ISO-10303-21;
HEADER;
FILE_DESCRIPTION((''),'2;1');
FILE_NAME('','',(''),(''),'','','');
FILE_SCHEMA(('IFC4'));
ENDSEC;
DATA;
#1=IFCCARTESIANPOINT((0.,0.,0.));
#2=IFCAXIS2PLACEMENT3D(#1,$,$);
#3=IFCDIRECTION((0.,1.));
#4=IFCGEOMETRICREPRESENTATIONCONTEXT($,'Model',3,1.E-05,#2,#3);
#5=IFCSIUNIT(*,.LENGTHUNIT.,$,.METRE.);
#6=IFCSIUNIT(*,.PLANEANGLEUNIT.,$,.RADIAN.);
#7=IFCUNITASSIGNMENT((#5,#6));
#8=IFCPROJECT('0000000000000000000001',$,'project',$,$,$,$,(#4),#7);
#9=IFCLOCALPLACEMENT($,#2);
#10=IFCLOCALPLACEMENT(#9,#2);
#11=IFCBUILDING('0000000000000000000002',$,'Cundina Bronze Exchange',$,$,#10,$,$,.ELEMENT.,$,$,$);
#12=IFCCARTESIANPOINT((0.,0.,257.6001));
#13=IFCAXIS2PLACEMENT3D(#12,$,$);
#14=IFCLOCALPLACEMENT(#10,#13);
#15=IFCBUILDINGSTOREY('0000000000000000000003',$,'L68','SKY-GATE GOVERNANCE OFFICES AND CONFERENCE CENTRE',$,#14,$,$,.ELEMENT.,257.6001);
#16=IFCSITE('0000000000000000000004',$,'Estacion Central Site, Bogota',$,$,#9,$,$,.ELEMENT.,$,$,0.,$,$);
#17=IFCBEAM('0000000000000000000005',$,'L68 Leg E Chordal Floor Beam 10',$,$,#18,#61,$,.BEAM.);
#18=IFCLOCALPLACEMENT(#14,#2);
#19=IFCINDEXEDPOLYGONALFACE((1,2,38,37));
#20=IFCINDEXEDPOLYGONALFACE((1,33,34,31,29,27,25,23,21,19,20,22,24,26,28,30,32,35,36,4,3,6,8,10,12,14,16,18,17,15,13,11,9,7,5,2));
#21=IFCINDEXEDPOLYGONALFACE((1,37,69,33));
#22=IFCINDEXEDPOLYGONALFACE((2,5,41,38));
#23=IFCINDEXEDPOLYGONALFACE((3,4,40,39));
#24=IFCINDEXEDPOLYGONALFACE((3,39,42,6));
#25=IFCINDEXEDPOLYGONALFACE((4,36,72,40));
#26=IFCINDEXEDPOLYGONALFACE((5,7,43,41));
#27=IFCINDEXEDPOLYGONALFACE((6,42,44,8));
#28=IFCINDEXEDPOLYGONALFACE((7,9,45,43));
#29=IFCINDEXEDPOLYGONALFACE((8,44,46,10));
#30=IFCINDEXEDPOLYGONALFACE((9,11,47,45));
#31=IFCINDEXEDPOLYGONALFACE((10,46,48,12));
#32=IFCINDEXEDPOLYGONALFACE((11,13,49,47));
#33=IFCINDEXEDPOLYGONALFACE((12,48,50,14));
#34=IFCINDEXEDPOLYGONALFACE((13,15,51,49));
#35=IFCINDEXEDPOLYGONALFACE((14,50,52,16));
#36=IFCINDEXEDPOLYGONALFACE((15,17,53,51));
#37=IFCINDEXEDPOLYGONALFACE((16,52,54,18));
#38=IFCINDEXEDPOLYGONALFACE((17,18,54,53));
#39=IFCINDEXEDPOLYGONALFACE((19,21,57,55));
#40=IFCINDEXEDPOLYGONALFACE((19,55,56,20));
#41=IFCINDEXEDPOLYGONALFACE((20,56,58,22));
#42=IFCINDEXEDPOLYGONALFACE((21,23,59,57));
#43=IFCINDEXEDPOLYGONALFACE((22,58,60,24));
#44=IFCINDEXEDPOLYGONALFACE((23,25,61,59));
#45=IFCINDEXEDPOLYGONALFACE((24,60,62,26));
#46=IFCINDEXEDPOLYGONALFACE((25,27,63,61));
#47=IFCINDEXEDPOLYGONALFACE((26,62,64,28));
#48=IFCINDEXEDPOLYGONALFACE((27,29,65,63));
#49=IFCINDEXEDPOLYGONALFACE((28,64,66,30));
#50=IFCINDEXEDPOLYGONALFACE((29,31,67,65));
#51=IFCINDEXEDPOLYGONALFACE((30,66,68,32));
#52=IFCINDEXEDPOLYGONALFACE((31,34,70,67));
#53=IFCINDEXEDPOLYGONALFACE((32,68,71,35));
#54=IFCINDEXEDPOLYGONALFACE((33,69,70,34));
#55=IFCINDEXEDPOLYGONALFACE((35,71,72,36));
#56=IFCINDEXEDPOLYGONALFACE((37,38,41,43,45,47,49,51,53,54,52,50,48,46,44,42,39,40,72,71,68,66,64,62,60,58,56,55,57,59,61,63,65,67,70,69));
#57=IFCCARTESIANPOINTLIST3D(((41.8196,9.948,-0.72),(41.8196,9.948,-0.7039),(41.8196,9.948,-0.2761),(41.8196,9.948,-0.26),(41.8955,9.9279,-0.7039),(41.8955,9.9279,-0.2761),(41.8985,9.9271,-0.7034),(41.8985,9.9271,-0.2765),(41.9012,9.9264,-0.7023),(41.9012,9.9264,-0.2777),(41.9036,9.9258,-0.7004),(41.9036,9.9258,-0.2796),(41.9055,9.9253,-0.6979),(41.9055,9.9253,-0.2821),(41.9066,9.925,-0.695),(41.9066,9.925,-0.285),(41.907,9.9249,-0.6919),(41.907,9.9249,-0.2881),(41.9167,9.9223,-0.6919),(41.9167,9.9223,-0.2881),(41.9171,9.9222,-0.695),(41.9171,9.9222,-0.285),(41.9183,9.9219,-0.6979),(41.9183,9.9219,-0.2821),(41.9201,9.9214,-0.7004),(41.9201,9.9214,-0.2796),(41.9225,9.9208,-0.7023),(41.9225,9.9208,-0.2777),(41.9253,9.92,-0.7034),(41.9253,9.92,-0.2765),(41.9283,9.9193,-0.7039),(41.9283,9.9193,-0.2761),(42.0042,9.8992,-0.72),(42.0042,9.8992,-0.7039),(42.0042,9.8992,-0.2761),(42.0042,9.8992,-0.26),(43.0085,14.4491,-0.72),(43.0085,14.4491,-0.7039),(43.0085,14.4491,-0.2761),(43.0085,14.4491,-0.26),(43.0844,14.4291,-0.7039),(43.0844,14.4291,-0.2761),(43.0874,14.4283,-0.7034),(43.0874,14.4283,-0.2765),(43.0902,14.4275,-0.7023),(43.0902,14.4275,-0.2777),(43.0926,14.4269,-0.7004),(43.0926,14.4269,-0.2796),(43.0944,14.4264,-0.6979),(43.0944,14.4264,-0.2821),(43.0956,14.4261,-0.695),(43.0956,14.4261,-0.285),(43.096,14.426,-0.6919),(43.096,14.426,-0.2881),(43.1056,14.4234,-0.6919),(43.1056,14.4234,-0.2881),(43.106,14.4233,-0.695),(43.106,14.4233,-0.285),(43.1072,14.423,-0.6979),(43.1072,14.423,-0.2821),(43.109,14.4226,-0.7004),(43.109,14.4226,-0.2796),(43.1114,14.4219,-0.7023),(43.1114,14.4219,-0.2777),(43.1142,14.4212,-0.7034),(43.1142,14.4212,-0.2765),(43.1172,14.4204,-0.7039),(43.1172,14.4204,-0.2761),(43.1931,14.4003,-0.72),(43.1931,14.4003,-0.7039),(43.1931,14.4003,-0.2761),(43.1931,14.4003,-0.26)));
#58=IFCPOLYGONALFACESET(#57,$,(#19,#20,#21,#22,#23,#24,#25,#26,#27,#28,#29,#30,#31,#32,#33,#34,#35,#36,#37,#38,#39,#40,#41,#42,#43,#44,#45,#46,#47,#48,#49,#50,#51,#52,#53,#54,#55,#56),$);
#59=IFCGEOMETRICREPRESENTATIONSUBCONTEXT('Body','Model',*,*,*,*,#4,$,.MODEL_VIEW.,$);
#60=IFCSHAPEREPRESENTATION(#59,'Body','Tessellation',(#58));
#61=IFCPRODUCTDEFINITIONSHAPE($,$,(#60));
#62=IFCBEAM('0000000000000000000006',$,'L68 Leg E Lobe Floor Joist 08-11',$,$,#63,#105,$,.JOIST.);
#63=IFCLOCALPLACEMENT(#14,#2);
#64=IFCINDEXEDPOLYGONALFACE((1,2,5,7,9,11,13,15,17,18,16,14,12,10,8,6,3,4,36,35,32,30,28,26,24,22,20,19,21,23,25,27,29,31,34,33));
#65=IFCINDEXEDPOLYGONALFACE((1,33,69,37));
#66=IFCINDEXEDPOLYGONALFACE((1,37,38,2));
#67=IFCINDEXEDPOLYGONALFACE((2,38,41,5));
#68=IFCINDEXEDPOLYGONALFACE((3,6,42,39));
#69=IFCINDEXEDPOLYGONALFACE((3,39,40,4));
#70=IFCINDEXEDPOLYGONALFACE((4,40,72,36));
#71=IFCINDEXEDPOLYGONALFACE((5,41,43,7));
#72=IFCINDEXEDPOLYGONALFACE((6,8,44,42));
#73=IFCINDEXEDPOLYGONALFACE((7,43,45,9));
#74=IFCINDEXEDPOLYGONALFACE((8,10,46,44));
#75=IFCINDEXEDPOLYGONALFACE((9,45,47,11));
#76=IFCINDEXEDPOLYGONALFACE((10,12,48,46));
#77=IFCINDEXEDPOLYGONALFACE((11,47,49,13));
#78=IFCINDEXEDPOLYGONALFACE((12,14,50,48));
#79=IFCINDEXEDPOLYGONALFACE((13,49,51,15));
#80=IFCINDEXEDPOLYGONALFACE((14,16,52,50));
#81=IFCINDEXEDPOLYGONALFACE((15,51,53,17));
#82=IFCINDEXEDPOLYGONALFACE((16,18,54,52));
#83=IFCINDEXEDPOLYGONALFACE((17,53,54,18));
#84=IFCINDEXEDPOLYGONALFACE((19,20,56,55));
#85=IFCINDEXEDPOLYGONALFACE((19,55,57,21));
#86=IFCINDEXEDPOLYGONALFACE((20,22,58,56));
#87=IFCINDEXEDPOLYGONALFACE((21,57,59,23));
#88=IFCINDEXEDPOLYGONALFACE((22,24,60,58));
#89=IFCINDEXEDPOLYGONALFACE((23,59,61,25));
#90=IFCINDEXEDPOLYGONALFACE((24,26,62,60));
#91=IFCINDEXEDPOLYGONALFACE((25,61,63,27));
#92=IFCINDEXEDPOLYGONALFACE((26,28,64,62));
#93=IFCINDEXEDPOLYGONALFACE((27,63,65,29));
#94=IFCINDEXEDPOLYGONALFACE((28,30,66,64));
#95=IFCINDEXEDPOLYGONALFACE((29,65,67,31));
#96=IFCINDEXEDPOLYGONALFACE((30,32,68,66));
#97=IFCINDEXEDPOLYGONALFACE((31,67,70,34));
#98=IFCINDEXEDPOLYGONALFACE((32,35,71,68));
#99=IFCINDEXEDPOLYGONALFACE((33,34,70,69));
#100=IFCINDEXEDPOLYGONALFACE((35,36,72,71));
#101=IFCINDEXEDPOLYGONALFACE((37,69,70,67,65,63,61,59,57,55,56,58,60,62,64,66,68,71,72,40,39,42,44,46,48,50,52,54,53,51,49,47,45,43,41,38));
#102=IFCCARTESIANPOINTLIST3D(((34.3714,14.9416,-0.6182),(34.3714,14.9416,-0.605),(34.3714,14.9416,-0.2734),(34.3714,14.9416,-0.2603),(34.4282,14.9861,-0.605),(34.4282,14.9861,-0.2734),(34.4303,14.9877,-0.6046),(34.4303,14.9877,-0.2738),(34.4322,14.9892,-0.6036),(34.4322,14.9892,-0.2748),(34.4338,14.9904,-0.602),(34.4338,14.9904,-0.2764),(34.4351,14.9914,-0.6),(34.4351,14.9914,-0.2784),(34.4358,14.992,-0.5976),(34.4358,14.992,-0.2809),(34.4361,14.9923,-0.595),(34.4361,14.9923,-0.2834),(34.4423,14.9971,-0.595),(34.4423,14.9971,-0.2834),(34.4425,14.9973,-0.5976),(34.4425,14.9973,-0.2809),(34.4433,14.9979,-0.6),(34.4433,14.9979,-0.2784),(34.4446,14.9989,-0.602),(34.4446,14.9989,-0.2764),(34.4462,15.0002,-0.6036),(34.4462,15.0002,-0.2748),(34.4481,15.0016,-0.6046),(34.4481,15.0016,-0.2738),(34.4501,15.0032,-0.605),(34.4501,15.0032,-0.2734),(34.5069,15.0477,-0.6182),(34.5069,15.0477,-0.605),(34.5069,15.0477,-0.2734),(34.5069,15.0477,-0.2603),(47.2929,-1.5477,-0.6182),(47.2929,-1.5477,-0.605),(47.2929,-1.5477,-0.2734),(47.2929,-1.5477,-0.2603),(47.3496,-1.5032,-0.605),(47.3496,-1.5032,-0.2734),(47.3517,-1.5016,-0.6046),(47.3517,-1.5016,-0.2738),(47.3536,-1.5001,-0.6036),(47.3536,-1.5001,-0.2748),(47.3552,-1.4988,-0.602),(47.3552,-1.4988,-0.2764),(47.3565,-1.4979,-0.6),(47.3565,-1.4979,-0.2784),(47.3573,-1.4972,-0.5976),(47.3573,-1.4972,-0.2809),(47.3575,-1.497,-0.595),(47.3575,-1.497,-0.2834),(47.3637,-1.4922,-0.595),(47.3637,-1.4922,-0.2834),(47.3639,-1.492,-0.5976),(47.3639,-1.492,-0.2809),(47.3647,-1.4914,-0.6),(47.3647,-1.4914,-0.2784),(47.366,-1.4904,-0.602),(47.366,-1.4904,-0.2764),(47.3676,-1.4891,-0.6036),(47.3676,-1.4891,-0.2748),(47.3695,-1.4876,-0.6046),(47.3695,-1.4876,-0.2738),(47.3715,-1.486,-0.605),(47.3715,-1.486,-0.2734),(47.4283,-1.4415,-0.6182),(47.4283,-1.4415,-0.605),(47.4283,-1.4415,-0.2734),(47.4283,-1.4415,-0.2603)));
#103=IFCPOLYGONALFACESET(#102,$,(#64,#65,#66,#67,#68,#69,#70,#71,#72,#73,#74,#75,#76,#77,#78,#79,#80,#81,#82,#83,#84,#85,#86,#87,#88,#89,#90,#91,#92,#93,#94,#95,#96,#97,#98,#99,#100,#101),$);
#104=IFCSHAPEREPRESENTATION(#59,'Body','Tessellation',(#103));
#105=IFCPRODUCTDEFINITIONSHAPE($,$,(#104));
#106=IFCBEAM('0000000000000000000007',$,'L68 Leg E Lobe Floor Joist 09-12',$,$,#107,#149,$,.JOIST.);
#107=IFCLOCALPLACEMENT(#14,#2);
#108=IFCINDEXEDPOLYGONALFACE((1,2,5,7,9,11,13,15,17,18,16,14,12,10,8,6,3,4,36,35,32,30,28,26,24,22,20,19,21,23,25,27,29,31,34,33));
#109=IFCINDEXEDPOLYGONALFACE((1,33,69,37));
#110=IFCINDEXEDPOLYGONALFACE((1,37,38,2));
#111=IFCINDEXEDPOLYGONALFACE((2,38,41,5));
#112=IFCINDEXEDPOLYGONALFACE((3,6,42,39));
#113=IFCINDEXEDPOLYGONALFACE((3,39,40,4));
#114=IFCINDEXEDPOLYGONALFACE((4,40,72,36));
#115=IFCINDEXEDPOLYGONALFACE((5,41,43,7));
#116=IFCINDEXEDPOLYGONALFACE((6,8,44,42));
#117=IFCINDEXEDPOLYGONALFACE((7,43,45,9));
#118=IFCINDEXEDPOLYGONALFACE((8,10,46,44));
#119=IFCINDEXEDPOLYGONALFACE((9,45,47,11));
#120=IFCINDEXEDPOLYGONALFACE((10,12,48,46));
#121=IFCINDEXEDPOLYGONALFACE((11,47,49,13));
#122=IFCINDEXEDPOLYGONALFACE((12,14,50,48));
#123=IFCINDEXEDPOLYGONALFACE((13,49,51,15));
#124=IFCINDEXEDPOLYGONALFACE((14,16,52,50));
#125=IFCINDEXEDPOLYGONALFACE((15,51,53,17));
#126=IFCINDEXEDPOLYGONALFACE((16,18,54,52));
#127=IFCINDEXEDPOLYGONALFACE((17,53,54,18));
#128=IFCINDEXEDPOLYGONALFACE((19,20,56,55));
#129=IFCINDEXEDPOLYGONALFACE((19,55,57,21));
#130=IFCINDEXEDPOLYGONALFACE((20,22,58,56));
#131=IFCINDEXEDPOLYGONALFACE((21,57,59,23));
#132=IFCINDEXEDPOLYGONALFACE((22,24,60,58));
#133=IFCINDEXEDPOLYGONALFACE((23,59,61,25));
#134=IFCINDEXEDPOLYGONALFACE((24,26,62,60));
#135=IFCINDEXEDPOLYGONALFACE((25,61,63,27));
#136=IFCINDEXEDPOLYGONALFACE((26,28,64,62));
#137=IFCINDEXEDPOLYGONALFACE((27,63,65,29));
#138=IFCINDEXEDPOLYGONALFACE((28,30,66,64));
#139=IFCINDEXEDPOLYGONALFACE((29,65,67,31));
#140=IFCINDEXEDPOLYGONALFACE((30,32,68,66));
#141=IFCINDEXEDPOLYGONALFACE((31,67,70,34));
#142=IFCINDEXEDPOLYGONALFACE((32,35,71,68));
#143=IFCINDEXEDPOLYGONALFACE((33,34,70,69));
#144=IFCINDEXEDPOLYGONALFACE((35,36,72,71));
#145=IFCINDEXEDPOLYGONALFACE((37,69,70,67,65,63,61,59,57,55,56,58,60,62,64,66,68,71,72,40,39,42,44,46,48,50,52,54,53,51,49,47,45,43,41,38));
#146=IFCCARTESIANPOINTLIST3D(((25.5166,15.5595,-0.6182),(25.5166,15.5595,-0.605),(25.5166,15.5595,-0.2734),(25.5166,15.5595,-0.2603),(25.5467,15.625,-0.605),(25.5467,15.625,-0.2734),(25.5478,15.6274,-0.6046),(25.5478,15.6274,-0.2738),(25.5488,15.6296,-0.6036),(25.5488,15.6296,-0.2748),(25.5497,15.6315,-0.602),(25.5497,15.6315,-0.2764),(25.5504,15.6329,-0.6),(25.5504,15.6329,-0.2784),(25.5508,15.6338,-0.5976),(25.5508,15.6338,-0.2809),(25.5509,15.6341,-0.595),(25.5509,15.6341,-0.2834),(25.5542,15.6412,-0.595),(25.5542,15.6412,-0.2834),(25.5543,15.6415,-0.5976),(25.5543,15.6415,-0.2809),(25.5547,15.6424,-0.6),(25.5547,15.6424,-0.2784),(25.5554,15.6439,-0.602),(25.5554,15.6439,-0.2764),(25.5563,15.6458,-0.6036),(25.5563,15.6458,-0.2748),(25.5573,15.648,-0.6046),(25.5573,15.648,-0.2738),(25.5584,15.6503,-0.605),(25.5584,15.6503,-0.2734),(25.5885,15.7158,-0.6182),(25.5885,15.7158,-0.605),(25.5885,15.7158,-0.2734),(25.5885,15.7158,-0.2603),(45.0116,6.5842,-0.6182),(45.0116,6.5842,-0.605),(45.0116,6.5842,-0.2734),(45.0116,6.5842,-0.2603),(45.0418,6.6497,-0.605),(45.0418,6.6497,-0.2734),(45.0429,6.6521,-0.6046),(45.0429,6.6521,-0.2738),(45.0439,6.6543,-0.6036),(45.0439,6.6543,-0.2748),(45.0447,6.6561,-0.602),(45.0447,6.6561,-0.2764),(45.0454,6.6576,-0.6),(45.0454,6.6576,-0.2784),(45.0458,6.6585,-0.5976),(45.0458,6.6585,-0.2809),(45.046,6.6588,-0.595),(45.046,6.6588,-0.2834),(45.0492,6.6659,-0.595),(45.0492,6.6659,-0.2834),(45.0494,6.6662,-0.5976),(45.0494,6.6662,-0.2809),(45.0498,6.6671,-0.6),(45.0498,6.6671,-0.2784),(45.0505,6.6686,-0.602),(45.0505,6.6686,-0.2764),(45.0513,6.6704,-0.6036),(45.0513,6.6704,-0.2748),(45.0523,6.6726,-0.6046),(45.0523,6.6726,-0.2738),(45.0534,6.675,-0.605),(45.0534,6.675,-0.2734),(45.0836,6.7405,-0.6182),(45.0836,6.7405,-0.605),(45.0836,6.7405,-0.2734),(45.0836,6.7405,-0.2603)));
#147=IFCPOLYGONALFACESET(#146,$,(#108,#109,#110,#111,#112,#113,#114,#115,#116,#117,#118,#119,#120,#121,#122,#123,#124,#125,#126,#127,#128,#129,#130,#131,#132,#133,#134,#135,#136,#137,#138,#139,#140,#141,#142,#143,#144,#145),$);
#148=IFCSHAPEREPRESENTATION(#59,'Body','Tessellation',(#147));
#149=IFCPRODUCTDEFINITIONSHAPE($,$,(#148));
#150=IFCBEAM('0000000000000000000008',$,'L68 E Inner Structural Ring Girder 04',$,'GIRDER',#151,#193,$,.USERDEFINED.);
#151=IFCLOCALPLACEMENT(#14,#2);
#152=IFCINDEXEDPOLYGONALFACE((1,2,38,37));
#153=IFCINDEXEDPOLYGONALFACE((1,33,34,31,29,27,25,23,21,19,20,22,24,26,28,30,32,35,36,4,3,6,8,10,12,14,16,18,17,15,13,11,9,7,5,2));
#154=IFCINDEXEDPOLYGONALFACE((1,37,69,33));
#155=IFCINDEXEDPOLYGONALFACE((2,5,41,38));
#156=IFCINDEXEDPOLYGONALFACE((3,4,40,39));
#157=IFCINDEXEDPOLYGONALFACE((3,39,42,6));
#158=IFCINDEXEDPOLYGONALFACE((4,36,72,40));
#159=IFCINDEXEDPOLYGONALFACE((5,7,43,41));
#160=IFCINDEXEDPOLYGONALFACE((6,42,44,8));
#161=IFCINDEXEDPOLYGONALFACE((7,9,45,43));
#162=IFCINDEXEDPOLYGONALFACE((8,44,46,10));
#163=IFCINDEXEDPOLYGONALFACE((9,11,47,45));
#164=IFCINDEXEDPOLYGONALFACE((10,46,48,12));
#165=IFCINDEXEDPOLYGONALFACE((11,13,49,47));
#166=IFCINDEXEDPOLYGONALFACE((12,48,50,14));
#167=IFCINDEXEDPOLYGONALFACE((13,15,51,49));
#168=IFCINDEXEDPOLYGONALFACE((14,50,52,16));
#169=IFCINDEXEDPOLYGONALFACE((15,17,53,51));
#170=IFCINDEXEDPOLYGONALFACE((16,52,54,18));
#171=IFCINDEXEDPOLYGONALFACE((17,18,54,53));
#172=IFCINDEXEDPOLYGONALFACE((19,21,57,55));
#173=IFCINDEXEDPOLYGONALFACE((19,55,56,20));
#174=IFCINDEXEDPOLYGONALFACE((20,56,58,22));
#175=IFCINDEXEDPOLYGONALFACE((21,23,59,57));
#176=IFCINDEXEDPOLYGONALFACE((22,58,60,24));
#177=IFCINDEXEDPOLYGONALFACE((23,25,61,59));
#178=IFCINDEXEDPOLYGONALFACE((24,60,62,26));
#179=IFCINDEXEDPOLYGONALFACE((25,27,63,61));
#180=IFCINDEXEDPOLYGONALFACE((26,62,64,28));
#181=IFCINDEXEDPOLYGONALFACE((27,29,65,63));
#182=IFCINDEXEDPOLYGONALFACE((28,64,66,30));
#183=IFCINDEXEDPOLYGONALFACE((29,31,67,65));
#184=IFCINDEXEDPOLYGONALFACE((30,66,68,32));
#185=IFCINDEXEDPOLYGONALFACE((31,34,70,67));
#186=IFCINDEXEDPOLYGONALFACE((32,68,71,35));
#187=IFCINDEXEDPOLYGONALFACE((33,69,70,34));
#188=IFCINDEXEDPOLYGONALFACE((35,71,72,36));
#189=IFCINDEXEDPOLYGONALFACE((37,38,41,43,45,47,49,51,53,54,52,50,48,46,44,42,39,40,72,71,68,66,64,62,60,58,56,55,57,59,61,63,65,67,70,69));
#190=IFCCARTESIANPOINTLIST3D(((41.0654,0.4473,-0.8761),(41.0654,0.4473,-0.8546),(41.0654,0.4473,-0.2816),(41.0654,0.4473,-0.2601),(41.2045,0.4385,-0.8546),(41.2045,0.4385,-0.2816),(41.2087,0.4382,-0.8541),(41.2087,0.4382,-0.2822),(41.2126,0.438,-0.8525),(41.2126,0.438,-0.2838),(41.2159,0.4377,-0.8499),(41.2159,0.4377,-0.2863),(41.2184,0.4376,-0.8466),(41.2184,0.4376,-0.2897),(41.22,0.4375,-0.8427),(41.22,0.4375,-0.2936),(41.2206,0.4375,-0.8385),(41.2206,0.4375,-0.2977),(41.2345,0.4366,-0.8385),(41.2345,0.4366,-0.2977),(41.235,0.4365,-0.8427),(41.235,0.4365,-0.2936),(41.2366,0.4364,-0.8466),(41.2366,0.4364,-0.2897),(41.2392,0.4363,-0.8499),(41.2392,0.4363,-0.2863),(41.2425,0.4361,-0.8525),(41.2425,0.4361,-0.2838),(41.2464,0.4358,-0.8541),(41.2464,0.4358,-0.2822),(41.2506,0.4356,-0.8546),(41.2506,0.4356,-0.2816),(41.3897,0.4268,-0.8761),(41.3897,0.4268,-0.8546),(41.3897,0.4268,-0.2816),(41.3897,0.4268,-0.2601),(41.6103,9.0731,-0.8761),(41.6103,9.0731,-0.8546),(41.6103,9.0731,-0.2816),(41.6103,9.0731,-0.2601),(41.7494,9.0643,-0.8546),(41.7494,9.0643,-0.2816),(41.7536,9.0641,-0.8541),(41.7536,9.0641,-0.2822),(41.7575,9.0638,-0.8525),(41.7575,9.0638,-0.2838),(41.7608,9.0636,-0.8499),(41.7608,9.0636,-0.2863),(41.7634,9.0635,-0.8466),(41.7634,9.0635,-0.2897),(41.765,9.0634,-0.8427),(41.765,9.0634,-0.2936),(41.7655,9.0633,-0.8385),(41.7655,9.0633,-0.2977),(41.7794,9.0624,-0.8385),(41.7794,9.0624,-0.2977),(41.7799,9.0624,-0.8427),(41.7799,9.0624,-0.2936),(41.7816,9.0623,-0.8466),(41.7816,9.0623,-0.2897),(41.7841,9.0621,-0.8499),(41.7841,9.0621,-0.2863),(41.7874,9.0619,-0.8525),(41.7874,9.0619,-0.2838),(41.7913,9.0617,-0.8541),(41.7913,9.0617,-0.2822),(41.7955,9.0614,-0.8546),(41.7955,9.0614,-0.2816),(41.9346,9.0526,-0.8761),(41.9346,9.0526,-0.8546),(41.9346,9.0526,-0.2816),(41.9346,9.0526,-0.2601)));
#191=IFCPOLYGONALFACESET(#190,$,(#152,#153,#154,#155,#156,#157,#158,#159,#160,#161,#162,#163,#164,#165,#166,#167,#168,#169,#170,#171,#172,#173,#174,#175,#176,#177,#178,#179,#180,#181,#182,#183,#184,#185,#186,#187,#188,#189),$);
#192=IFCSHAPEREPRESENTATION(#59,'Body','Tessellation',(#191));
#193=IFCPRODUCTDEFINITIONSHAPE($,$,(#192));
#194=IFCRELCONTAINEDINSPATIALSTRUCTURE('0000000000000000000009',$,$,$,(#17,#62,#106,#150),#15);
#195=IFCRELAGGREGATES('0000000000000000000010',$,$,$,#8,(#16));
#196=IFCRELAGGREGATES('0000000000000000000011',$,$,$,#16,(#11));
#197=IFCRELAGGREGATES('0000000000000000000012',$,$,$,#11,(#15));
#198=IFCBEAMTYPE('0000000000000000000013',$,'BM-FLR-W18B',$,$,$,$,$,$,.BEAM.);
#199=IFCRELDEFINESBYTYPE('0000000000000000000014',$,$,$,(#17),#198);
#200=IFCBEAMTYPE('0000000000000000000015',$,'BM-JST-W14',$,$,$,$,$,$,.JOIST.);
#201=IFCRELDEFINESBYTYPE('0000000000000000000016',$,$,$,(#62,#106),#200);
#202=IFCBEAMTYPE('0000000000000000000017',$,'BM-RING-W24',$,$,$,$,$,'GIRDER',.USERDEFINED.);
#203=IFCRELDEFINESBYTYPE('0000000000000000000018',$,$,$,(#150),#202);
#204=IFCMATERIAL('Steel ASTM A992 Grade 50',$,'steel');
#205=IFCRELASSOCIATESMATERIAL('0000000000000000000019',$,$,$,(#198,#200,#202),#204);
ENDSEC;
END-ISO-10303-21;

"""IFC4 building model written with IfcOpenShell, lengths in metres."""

from ifc_helpers import new_model, si_unit, direction, frame, origin, origin_2d, place, context, subcontext, project, spatial, i_section, extrude, material, material_profile, profile_set, type_object, element, save


model = new_model("IFC4")

# Units and contexts
model_context = context("Model", 3, precision=1e-05, world=origin(), true_north=direction((0.0, 1.0)))
body_context = subcontext(model_context, "Body", "Model", "MODEL_VIEW")
ifc_project = project(units=[si_unit("LENGTHUNIT", "METRE"), si_unit("PLANEANGLEUNIT", "RADIAN")], contexts=[model_context])

# Site, building, storey
site_placement = place(None, origin())
site = spatial("IfcSite", under=ifc_project, at=site_placement, Name="Estacion Central Site, Bogota", CompositionType="ELEMENT", RefElevation=0.0)
building_placement = place(site_placement, origin())
building = spatial("IfcBuilding", under=site, at=building_placement, Name="Cundina Bronze Exchange", CompositionType="ELEMENT")
storey_placement = place(building_placement, frame((0.0, 0.0, 257.6001)))
storey = spatial("IfcBuildingStorey", under=building, at=storey_placement, Name="L68", Description="SKY-GATE GOVERNANCE OFFICES AND CONFERENCE CENTRE", CompositionType="ELEMENT", Elevation=257.6001)

# Shared definitions
ifc_material_1 = material(Name="Steel ASTM A992 Grade 50", Category="steel")

# Beams
ifc_material_profile_1 = material_profile(ifc_material_1, i_section(OverallWidth=0.1909, OverallDepth=0.46, WebThickness=0.01, FlangeThickness=0.0161, FilletRadius=0.012, at=origin_2d()), Name="W18X55", Category="steel")
ifc_profile_set_1 = profile_set([ifc_material_profile_1], Name="Steel ASTM A992 Grade 50")
beam_type_1 = type_object("IfcBeamType", Name="BM-FLR-W18B", PredefinedType="BEAM", material=ifc_profile_set_1)
beam_1_placement = place(storey_placement, frame((41.9119, 9.9236, -0.49), z_axis=(0.255384, 0.96684, 0.0), x_axis=(-0.96684, 0.255384, 0.0)))
element("IfcBeam", 1, at=beam_1_placement, inside=storey, type_object=beam_type_1, Name="L68 Leg E Chordal Floor Beam 10", PredefinedType="BEAM", context=body_context, shape_type="SweptSolid", body=[
    extrude(i_section(OverallWidth=0.1909, OverallDepth=0.46, WebThickness=0.01, FlangeThickness=0.0161, FilletRadius=0.012, at=origin_2d()), origin(), (0.0, 0.0, 1.0), 4.6555),
])
ifc_material_profile_2 = material_profile(ifc_material_1, i_section(OverallWidth=0.1721, OverallDepth=0.3579, WebThickness=0.0078, FlangeThickness=0.0132, FilletRadius=0.01, at=origin_2d()), Name="W14X38", Category="steel")
ifc_profile_set_2 = profile_set([ifc_material_profile_2], Name="Steel ASTM A992 Grade 50")
beam_type_2 = type_object("IfcBeamType", Name="BM-JST-W14", PredefinedType="JOIST", material=ifc_profile_set_2)
beam_2_placement = place(storey_placement, frame((47.3606, -1.4946, -0.4392), z_axis=(-0.616804, 0.787117, 0.0), x_axis=(-0.787117, -0.616804, 0.0)))
element("IfcBeam", 2, at=beam_2_placement, inside=storey, type_object=beam_type_2, Name="L68 Leg E Lobe Floor Joist 08-11", PredefinedType="JOIST", context=body_context, shape_type="SweptSolid", body=[
    extrude(i_section(OverallWidth=0.1721, OverallDepth=0.3579, WebThickness=0.0078, FlangeThickness=0.0132, FilletRadius=0.01, at=origin_2d()), origin(), (0.0, 0.0, 1.0), 20.949),
])
beam_3_placement = place(storey_placement, frame((45.0476, 6.6624, -0.4392), z_axis=(-0.908356, 0.418197, 0.0), x_axis=(-0.418197, -0.908356, 0.0)))
element("IfcBeam", 3, at=beam_3_placement, inside=storey, type_object=beam_type_2, Name="L68 Leg E Lobe Floor Joist 09-12", PredefinedType="JOIST", context=body_context, shape_type="SweptSolid", body=[
    extrude(i_section(OverallWidth=0.1721, OverallDepth=0.3579, WebThickness=0.0078, FlangeThickness=0.0132, FilletRadius=0.01, at=origin_2d()), origin(), (0.0, 0.0, 1.0), 21.4619),
])
ifc_material_profile_3 = material_profile(ifc_material_1, i_section(OverallWidth=0.325, OverallDepth=0.616, WebThickness=0.0139, FlangeThickness=0.0215, FilletRadius=0.0161, at=origin_2d()), Name="W24X117", Category="steel")
ifc_profile_set_3 = profile_set([ifc_material_profile_3], Name="Steel ASTM A992 Grade 50")
beam_type_3 = type_object("IfcBeamType", Name="BM-RING-W24", ElementType="GIRDER", PredefinedType="USERDEFINED", material=ifc_profile_set_3)
beam_4_placement = place(storey_placement, frame((41.2275, 0.437, -0.5681), z_axis=(0.063047, 0.998011, 0.0), x_axis=(-0.998011, 0.063047, 0.0)))
element("IfcBeam", 4, at=beam_4_placement, inside=storey, type_object=beam_type_3, Name="L68 E Inner Structural Ring Girder 04", ObjectType="GIRDER", PredefinedType="USERDEFINED", context=body_context, shape_type="SweptSolid", body=[
    extrude(i_section(OverallWidth=0.325, OverallDepth=0.616, WebThickness=0.0139, FlangeThickness=0.0215, FilletRadius=0.0161, at=origin_2d()), origin(), (0.0, 0.0, 1.0), 8.6431),
])

save(model, "model.ifc")
